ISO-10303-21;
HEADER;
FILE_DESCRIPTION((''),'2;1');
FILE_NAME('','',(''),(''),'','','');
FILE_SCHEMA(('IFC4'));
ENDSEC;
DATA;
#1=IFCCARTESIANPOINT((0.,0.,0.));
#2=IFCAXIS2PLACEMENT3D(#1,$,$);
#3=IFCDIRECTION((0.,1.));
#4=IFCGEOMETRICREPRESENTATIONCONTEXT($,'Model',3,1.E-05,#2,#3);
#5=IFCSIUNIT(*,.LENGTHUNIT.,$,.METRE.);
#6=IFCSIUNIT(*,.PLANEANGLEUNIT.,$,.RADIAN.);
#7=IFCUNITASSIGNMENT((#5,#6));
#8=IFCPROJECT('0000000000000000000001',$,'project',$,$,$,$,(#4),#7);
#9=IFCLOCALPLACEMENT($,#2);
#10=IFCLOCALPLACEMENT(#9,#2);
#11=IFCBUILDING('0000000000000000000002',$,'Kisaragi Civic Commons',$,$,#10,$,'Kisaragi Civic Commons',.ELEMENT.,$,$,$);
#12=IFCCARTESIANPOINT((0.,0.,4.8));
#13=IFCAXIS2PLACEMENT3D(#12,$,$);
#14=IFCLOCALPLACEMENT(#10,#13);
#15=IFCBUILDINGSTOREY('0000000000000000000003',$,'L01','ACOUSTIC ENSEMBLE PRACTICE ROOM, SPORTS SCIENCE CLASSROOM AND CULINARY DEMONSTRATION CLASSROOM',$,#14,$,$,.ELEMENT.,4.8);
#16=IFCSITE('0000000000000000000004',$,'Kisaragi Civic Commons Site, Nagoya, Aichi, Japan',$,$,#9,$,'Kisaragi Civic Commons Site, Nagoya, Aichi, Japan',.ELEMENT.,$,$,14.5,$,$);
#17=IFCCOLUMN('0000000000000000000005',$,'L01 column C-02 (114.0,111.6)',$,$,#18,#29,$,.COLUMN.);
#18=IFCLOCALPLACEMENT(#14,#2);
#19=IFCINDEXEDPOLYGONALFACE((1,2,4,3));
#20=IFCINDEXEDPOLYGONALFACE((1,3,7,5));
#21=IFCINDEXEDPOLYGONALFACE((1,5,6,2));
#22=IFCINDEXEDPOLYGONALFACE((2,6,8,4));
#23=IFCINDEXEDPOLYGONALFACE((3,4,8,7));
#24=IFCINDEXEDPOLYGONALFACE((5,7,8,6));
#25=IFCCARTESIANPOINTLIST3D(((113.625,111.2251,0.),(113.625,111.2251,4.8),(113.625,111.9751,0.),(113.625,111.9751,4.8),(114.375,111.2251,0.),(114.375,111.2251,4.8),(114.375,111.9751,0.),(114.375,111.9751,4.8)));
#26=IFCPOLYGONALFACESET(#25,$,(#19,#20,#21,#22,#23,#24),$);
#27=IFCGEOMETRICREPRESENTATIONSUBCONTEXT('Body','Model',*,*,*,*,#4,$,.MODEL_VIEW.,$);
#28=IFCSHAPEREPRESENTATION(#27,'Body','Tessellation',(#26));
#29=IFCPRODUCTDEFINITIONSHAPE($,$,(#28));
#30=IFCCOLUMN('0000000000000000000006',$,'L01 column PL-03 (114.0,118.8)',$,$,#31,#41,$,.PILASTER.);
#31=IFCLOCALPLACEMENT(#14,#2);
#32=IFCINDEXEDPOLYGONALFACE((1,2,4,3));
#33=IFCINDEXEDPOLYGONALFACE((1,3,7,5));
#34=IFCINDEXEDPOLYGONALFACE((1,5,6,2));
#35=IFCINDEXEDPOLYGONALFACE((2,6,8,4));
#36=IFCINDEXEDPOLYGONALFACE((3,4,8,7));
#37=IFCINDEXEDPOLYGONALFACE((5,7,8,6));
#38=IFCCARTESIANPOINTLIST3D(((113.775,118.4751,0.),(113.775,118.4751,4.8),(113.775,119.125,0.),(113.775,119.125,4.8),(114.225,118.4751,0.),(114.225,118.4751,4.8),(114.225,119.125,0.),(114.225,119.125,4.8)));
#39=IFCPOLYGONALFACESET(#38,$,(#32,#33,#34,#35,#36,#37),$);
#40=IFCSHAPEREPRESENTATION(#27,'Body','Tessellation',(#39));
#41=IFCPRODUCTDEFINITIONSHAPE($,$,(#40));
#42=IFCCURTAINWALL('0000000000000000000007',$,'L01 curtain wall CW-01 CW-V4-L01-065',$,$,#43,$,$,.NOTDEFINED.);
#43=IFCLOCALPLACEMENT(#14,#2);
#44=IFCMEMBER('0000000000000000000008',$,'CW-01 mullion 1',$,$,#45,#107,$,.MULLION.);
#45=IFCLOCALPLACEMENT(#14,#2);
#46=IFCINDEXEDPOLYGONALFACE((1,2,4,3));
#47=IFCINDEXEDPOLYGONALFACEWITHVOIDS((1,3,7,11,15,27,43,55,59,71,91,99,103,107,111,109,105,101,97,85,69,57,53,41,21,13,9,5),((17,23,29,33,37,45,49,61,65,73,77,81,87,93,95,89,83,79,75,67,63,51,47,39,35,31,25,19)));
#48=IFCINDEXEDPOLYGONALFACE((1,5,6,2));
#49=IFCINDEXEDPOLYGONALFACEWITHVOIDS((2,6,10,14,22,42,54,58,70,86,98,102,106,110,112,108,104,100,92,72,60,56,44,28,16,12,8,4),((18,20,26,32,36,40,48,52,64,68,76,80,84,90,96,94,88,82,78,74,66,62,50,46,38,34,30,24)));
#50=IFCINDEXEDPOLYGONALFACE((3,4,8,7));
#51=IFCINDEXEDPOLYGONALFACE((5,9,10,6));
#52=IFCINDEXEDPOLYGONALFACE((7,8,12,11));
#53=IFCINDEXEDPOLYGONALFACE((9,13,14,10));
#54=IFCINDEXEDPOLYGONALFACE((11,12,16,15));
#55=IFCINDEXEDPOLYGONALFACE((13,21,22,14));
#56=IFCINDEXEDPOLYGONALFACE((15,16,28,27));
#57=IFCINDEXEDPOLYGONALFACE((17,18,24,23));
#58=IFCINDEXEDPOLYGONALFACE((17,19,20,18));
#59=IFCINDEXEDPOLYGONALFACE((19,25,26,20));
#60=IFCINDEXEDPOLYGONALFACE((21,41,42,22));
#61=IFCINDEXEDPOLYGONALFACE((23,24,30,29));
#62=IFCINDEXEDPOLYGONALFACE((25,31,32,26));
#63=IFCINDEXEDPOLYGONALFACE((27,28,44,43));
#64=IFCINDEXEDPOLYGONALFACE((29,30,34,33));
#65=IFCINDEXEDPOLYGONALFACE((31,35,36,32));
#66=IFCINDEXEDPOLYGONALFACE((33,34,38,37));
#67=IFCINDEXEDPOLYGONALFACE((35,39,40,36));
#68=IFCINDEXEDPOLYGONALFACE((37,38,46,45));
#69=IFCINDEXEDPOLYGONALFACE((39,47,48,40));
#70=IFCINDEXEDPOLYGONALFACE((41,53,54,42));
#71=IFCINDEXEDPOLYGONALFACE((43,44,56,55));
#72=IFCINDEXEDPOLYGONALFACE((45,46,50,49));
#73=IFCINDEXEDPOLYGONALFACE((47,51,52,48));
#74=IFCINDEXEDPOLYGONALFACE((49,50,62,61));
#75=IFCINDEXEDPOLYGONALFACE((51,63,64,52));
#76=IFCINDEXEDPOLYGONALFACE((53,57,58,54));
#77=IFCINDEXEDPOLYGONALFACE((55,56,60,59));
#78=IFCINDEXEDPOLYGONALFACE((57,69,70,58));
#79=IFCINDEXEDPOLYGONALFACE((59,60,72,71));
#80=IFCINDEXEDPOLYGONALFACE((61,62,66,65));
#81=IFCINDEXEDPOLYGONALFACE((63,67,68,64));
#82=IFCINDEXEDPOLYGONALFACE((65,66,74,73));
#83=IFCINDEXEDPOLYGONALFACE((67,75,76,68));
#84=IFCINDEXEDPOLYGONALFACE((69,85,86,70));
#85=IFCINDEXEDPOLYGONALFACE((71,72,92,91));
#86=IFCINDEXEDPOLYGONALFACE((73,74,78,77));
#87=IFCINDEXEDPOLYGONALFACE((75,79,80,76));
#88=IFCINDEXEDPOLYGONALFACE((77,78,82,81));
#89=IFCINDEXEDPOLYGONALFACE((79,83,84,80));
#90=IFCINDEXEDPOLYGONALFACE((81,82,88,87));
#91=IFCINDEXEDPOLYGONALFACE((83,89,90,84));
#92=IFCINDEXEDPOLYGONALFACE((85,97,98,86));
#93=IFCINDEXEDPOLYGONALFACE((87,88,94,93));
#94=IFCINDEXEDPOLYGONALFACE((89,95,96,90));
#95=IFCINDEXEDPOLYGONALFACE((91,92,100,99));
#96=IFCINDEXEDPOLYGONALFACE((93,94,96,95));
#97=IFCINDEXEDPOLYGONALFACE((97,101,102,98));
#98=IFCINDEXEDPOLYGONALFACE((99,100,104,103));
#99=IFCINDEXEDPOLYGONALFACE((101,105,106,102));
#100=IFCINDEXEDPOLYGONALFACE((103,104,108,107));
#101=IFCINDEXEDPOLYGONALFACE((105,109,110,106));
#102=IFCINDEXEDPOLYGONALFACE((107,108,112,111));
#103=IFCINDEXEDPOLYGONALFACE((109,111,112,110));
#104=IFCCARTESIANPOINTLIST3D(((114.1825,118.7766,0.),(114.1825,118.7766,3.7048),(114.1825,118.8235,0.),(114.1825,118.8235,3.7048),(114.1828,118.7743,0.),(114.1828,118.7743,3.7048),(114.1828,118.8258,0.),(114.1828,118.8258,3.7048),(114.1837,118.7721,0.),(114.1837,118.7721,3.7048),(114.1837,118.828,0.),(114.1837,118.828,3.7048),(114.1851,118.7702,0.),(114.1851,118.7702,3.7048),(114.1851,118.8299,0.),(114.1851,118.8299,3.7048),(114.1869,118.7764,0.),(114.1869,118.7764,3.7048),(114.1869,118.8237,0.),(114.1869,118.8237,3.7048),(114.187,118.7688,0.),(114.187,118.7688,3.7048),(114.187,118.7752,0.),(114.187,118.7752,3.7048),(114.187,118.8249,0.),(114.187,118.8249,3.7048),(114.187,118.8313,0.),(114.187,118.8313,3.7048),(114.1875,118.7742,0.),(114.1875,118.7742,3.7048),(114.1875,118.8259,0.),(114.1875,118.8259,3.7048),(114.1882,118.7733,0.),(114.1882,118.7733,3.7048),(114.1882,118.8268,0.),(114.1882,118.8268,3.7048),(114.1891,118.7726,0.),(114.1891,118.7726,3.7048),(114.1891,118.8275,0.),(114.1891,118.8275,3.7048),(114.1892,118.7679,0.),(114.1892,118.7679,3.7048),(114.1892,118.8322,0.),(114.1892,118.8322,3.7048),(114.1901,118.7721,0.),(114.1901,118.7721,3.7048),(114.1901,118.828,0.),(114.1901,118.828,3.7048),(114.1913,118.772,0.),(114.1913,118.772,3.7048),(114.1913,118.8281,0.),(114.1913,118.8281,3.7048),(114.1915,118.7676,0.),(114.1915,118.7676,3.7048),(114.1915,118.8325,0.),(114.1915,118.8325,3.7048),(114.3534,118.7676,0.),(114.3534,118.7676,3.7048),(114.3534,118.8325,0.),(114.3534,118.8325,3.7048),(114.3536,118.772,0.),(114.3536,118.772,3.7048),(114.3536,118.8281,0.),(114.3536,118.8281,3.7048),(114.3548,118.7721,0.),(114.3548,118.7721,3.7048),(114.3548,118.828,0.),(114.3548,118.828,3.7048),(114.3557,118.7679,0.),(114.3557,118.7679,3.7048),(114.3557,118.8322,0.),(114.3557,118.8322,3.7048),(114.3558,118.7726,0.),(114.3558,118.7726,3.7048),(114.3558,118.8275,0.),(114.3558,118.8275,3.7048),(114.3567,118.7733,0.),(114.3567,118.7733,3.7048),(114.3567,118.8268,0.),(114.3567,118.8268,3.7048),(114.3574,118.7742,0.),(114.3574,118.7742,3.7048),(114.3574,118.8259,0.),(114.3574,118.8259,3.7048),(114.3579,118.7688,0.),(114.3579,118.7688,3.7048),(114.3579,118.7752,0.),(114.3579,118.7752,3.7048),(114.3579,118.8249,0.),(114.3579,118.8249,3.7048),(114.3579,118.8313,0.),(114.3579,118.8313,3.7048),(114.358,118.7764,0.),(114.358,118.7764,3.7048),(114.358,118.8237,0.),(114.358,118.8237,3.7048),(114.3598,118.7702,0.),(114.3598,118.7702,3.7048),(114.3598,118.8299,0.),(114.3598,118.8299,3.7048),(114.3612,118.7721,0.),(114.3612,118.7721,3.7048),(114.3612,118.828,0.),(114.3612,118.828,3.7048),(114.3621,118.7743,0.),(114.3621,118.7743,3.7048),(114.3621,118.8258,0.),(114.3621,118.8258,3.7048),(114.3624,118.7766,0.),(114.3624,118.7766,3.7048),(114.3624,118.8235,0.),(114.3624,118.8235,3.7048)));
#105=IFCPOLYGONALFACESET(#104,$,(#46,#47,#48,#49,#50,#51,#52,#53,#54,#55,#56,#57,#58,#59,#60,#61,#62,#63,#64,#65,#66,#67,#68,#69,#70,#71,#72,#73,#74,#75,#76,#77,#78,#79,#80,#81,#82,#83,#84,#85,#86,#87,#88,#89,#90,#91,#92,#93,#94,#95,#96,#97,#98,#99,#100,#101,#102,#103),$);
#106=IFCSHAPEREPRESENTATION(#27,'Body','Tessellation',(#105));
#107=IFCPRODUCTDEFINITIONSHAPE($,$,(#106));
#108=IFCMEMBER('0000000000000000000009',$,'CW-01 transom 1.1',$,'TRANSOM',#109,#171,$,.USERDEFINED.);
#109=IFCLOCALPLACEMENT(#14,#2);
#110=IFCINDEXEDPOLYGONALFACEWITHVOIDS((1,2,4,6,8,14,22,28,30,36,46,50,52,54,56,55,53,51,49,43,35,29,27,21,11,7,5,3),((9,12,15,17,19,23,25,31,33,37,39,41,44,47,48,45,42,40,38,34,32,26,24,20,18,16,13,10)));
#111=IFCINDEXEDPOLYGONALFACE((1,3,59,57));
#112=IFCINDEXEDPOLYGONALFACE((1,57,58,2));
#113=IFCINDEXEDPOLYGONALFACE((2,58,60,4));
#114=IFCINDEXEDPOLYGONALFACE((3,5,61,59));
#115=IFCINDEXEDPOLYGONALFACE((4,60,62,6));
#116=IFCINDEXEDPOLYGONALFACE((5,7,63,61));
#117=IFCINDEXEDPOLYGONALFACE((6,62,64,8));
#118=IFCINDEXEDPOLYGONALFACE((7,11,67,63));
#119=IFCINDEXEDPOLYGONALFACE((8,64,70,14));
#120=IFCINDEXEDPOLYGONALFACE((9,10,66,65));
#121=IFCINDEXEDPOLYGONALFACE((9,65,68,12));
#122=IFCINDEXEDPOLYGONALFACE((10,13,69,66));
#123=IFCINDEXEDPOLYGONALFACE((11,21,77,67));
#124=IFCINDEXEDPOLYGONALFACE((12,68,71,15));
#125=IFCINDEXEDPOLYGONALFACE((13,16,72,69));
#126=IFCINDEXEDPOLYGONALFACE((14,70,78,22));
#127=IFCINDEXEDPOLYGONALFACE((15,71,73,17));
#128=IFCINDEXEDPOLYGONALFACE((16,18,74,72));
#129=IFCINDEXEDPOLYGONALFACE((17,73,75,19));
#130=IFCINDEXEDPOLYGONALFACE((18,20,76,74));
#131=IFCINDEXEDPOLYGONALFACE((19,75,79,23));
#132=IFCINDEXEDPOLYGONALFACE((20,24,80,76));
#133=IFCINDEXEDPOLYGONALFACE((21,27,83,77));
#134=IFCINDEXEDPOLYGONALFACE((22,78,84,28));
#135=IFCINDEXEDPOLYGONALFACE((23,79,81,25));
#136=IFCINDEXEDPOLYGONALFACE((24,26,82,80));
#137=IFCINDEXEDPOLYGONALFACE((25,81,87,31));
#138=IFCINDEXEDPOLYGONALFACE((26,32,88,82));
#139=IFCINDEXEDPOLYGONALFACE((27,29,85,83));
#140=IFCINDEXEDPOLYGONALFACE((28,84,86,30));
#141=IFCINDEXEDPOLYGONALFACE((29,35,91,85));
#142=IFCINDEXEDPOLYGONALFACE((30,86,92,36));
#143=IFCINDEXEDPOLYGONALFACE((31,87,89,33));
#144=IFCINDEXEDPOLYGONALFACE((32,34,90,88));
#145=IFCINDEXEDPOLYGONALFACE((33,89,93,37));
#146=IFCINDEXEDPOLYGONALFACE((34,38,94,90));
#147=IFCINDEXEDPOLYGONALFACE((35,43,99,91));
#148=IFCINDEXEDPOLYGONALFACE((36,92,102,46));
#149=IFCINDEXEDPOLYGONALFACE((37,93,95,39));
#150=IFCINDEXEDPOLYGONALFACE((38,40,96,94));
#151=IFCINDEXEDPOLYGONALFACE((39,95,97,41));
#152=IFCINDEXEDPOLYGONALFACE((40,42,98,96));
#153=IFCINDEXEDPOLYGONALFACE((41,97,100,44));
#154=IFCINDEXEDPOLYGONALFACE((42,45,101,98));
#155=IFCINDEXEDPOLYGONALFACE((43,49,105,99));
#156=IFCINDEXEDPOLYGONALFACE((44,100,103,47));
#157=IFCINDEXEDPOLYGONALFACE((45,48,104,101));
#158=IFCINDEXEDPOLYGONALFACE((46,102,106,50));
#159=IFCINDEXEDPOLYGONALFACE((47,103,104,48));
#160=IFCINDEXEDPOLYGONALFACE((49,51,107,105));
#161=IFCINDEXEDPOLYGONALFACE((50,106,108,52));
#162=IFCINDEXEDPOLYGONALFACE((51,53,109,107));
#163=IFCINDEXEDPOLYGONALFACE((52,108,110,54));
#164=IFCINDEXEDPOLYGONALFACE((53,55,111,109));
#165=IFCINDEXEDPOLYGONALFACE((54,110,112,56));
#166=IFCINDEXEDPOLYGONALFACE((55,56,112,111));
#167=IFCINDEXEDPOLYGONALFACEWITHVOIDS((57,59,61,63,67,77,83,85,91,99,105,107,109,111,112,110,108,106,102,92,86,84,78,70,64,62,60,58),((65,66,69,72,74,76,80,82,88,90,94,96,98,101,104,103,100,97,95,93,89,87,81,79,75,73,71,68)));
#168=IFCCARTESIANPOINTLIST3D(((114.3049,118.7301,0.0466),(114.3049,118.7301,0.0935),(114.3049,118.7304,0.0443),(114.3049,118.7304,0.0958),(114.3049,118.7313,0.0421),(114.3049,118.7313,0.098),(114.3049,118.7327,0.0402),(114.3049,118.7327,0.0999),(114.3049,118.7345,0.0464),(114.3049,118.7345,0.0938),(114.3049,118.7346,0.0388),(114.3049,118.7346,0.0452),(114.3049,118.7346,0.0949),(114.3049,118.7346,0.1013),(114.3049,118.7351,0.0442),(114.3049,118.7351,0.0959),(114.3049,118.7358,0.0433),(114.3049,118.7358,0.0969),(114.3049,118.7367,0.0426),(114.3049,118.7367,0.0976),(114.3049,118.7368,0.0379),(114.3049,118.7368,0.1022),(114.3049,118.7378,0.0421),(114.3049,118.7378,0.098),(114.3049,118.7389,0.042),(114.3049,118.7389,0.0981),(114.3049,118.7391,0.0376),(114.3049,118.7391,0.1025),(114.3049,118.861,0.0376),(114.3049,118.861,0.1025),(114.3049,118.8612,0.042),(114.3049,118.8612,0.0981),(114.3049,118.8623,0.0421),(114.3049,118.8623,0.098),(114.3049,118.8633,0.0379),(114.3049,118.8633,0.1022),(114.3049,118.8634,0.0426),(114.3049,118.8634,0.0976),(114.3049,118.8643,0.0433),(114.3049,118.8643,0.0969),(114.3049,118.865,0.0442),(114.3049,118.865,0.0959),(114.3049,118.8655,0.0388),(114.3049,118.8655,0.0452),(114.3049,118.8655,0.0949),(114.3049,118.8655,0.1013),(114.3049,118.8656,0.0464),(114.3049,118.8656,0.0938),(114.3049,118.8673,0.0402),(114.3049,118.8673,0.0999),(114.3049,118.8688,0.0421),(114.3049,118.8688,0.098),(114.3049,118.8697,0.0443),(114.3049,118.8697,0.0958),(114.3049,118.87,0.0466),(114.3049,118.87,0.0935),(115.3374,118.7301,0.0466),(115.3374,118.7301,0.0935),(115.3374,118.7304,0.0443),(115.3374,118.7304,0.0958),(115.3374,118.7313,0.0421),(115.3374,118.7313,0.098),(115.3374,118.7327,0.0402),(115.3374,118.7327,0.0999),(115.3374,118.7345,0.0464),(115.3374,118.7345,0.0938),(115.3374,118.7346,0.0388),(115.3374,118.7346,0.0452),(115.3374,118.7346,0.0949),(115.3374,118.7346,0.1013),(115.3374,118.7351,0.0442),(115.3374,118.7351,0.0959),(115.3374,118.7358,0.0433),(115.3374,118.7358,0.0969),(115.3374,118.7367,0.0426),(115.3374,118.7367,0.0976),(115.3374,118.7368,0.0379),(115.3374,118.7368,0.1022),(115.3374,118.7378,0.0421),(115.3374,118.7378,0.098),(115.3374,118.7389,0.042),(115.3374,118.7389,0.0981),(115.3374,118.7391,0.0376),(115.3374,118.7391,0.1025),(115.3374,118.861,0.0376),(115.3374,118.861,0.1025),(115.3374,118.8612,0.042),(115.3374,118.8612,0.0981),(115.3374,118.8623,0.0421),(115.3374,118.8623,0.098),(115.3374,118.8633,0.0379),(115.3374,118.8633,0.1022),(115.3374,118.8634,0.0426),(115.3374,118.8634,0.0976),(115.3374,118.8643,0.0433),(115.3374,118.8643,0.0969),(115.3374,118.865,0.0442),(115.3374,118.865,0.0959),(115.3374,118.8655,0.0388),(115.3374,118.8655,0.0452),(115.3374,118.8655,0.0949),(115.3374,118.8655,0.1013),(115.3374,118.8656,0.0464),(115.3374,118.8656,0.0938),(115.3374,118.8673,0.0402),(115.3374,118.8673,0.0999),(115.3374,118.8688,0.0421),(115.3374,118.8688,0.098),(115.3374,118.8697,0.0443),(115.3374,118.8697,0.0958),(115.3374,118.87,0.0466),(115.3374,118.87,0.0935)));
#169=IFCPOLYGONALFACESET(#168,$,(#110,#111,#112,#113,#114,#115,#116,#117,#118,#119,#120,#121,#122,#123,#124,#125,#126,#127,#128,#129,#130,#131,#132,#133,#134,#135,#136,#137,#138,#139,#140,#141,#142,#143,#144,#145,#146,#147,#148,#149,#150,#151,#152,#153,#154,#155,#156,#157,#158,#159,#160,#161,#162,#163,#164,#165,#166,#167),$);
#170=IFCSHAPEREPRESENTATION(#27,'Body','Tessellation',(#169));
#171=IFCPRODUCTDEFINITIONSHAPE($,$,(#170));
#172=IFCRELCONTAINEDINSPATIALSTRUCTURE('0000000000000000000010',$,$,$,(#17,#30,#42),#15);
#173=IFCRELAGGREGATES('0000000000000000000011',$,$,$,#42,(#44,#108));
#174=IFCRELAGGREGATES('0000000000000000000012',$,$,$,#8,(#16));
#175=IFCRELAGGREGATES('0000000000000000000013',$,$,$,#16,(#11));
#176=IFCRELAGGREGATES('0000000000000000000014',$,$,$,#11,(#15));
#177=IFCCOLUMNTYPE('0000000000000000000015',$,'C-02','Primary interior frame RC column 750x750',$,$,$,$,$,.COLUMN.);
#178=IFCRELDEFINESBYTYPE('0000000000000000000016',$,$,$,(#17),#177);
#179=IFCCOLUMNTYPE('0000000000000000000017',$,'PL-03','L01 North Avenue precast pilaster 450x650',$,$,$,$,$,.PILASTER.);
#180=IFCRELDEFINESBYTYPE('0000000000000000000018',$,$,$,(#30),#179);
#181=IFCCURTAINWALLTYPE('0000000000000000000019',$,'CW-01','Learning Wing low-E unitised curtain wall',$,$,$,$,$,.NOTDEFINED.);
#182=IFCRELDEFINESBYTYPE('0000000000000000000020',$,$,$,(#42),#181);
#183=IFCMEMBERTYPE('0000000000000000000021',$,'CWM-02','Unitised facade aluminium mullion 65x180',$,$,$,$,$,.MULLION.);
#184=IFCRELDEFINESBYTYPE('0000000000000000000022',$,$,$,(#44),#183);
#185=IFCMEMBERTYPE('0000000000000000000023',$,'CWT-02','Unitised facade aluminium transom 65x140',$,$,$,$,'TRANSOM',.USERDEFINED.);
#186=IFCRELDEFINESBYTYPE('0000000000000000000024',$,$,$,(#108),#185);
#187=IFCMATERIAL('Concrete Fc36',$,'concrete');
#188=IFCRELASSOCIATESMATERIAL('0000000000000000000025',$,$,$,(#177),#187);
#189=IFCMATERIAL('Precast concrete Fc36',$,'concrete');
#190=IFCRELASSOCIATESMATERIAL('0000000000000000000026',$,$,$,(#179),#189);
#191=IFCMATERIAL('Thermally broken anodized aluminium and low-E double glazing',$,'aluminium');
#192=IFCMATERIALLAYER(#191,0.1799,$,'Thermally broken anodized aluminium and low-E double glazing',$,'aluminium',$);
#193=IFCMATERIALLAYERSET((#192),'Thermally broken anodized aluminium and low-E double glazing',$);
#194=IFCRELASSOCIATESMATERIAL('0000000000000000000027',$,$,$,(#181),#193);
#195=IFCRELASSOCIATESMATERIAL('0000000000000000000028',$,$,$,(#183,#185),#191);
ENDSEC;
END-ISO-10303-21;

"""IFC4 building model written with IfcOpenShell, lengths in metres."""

from ifc_helpers import new_model, si_unit, direction, frame, origin, origin_2d, place, context, subcontext, project, spatial, rectangle, hollow_rectangle, extrude, material, layer, layer_set, material_profile, profile_set, type_object, element, aggregate, save


model = new_model("IFC4")

# Units and contexts
model_context = context("Model", 3, precision=1e-05, world=origin(), true_north=direction((0.0, 1.0)))
body_context = subcontext(model_context, "Body", "Model", "MODEL_VIEW")
ifc_project = project(units=[si_unit("LENGTHUNIT", "METRE"), si_unit("PLANEANGLEUNIT", "RADIAN")], contexts=[model_context])

# Site, building, storey
site_placement = place(None, origin())
site = spatial("IfcSite", under=ifc_project, at=site_placement, Name="Kisaragi Civic Commons Site, Nagoya, Aichi, Japan", LongName="Kisaragi Civic Commons Site, Nagoya, Aichi, Japan", CompositionType="ELEMENT", RefElevation=14.5)
building_placement = place(site_placement, origin())
building = spatial("IfcBuilding", under=site, at=building_placement, Name="Kisaragi Civic Commons", LongName="Kisaragi Civic Commons", CompositionType="ELEMENT")
storey_placement = place(building_placement, frame((0.0, 0.0, 4.8)))
storey = spatial("IfcBuildingStorey", under=building, at=storey_placement, Name="L01", Description="ACOUSTIC ENSEMBLE PRACTICE ROOM, SPORTS SCIENCE CLASSROOM AND CULINARY DEMONSTRATION CLASSROOM", CompositionType="ELEMENT", Elevation=4.8)

# Columns
ifc_material_1 = material(Name="Concrete Fc36", Category="concrete")
ifc_material_profile_1 = material_profile(ifc_material_1, rectangle(XDim=0.75, YDim=0.75, at=origin_2d()), Name="RC-750x750", Category="concrete")
ifc_profile_set_1 = profile_set([ifc_material_profile_1], Name="Concrete Fc36")
column_type_1 = type_object("IfcColumnType", Name="C-02", Description="Primary interior frame RC column 750x750", PredefinedType="COLUMN", material=ifc_profile_set_1)
column_1_placement = place(storey_placement, frame((114.0, 111.6001, 0.0), z_axis=(0.0, 0.0, 1.0), x_axis=(1.0, 0.0, 0.0)))
element("IfcColumn", 1, at=column_1_placement, inside=storey, type_object=column_type_1, Name="L01 column C-02 (114.0,111.6)", PredefinedType="COLUMN", context=body_context, shape_type="SweptSolid", body=[
    extrude(rectangle(XDim=0.75, YDim=0.75, at=origin_2d()), origin(), (0.0, 0.0, 1.0), 4.8),
])
ifc_material_2 = material(Name="Precast concrete Fc36", Category="concrete")
ifc_material_profile_2 = material_profile(ifc_material_2, rectangle(XDim=0.45, YDim=0.6499, at=origin_2d()), Name="RC-450x650", Category="concrete")
ifc_profile_set_2 = profile_set([ifc_material_profile_2], Name="Precast concrete Fc36")
column_type_2 = type_object("IfcColumnType", Name="PL-03", Description="L01 North Avenue precast pilaster 450x650", PredefinedType="PILASTER", material=ifc_profile_set_2)
column_2_placement = place(storey_placement, frame((114.0, 118.8, 0.0), z_axis=(0.0, 0.0, 1.0), x_axis=(1.0, 0.0, 0.0)))
element("IfcColumn", 2, at=column_2_placement, inside=storey, type_object=column_type_2, Name="L01 column PL-03 (114.0,118.8)", PredefinedType="PILASTER", context=body_context, shape_type="SweptSolid", body=[
    extrude(rectangle(XDim=0.45, YDim=0.6499, at=origin_2d()), origin(), (0.0, 0.0, 1.0), 4.8),
])

# Curtain wall, members
ifc_material_3 = material(Name="Thermally broken anodized aluminium and low-E double glazing", Category="aluminium")
ifc_layer_1 = layer(ifc_material_3, 0.1799, Name="Thermally broken anodized aluminium and low-E double glazing", Category="aluminium")
ifc_layer_set_1 = layer_set([ifc_layer_1], Name="Thermally broken anodized aluminium and low-E double glazing")
curtain_wall_type = type_object("IfcCurtainWallType", Name="CW-01", Description="Learning Wing low-E unitised curtain wall", PredefinedType="NOTDEFINED", material=ifc_layer_set_1)
curtain_wall_placement = place(storey_placement, origin())
curtain_wall = element("IfcCurtainWall", 3, at=curtain_wall_placement, inside=storey, type_object=curtain_wall_type, Name="L01 curtain wall CW-01 CW-V4-L01-065", PredefinedType="NOTDEFINED")
ifc_material_profile_3 = material_profile(ifc_material_3, hollow_rectangle(XDim=0.0649, YDim=0.1799, WallThickness=0.0044, InnerFilletRadius=0.0044, OuterFilletRadius=0.009, at=origin_2d()), Name="CWM-65x180x4.5", Category="aluminium")
ifc_profile_set_3 = profile_set([ifc_material_profile_3], Name="Thermally broken anodized aluminium and low-E double glazing")
member_type_1 = type_object("IfcMemberType", Name="CWM-02", Description="Unitised facade aluminium mullion 65x180", PredefinedType="MULLION", material=ifc_profile_set_3)
member_1_placement = place(storey_placement, frame((114.2725, 118.8, 0.0), z_axis=(0.0, 0.0, 1.0), x_axis=(0.0, 1.0, 0.0)))
member_1 = element("IfcMember", 4, at=member_1_placement, type_object=member_type_1, Name="CW-01 mullion 1", PredefinedType="MULLION", context=body_context, shape_type="SweptSolid", body=[
    extrude(hollow_rectangle(XDim=0.0649, YDim=0.1799, WallThickness=0.0044, InnerFilletRadius=0.0044, OuterFilletRadius=0.009, at=origin_2d()), origin(), (0.0, 0.0, 1.0), 3.7048),
])
ifc_material_profile_4 = material_profile(ifc_material_3, hollow_rectangle(XDim=0.1399, YDim=0.0649, WallThickness=0.0044, InnerFilletRadius=0.0044, OuterFilletRadius=0.009, at=origin_2d()), Name="CWT-65x140x4.5", Category="aluminium")
ifc_profile_set_4 = profile_set([ifc_material_profile_4], Name="Thermally broken anodized aluminium and low-E double glazing")
member_type_2 = type_object("IfcMemberType", Name="CWT-02", Description="Unitised facade aluminium transom 65x140", ElementType="TRANSOM", PredefinedType="USERDEFINED", material=ifc_profile_set_4)
member_2_placement = place(storey_placement, frame((114.3049, 118.8, 0.0701), z_axis=(1.0, 0.0, 0.0), x_axis=(0.0, 1.0, 0.0)))
member_2 = element("IfcMember", 5, at=member_2_placement, type_object=member_type_2, Name="CW-01 transom 1.1", ObjectType="TRANSOM", PredefinedType="USERDEFINED", context=body_context, shape_type="SweptSolid", body=[
    extrude(hollow_rectangle(XDim=0.1399, YDim=0.0649, WallThickness=0.0044, InnerFilletRadius=0.0044, OuterFilletRadius=0.009, at=origin_2d()), origin(), (0.0, 0.0, 1.0), 1.0325),
])
aggregate(curtain_wall, [member_1, member_2])

save(model, "model.ifc")
